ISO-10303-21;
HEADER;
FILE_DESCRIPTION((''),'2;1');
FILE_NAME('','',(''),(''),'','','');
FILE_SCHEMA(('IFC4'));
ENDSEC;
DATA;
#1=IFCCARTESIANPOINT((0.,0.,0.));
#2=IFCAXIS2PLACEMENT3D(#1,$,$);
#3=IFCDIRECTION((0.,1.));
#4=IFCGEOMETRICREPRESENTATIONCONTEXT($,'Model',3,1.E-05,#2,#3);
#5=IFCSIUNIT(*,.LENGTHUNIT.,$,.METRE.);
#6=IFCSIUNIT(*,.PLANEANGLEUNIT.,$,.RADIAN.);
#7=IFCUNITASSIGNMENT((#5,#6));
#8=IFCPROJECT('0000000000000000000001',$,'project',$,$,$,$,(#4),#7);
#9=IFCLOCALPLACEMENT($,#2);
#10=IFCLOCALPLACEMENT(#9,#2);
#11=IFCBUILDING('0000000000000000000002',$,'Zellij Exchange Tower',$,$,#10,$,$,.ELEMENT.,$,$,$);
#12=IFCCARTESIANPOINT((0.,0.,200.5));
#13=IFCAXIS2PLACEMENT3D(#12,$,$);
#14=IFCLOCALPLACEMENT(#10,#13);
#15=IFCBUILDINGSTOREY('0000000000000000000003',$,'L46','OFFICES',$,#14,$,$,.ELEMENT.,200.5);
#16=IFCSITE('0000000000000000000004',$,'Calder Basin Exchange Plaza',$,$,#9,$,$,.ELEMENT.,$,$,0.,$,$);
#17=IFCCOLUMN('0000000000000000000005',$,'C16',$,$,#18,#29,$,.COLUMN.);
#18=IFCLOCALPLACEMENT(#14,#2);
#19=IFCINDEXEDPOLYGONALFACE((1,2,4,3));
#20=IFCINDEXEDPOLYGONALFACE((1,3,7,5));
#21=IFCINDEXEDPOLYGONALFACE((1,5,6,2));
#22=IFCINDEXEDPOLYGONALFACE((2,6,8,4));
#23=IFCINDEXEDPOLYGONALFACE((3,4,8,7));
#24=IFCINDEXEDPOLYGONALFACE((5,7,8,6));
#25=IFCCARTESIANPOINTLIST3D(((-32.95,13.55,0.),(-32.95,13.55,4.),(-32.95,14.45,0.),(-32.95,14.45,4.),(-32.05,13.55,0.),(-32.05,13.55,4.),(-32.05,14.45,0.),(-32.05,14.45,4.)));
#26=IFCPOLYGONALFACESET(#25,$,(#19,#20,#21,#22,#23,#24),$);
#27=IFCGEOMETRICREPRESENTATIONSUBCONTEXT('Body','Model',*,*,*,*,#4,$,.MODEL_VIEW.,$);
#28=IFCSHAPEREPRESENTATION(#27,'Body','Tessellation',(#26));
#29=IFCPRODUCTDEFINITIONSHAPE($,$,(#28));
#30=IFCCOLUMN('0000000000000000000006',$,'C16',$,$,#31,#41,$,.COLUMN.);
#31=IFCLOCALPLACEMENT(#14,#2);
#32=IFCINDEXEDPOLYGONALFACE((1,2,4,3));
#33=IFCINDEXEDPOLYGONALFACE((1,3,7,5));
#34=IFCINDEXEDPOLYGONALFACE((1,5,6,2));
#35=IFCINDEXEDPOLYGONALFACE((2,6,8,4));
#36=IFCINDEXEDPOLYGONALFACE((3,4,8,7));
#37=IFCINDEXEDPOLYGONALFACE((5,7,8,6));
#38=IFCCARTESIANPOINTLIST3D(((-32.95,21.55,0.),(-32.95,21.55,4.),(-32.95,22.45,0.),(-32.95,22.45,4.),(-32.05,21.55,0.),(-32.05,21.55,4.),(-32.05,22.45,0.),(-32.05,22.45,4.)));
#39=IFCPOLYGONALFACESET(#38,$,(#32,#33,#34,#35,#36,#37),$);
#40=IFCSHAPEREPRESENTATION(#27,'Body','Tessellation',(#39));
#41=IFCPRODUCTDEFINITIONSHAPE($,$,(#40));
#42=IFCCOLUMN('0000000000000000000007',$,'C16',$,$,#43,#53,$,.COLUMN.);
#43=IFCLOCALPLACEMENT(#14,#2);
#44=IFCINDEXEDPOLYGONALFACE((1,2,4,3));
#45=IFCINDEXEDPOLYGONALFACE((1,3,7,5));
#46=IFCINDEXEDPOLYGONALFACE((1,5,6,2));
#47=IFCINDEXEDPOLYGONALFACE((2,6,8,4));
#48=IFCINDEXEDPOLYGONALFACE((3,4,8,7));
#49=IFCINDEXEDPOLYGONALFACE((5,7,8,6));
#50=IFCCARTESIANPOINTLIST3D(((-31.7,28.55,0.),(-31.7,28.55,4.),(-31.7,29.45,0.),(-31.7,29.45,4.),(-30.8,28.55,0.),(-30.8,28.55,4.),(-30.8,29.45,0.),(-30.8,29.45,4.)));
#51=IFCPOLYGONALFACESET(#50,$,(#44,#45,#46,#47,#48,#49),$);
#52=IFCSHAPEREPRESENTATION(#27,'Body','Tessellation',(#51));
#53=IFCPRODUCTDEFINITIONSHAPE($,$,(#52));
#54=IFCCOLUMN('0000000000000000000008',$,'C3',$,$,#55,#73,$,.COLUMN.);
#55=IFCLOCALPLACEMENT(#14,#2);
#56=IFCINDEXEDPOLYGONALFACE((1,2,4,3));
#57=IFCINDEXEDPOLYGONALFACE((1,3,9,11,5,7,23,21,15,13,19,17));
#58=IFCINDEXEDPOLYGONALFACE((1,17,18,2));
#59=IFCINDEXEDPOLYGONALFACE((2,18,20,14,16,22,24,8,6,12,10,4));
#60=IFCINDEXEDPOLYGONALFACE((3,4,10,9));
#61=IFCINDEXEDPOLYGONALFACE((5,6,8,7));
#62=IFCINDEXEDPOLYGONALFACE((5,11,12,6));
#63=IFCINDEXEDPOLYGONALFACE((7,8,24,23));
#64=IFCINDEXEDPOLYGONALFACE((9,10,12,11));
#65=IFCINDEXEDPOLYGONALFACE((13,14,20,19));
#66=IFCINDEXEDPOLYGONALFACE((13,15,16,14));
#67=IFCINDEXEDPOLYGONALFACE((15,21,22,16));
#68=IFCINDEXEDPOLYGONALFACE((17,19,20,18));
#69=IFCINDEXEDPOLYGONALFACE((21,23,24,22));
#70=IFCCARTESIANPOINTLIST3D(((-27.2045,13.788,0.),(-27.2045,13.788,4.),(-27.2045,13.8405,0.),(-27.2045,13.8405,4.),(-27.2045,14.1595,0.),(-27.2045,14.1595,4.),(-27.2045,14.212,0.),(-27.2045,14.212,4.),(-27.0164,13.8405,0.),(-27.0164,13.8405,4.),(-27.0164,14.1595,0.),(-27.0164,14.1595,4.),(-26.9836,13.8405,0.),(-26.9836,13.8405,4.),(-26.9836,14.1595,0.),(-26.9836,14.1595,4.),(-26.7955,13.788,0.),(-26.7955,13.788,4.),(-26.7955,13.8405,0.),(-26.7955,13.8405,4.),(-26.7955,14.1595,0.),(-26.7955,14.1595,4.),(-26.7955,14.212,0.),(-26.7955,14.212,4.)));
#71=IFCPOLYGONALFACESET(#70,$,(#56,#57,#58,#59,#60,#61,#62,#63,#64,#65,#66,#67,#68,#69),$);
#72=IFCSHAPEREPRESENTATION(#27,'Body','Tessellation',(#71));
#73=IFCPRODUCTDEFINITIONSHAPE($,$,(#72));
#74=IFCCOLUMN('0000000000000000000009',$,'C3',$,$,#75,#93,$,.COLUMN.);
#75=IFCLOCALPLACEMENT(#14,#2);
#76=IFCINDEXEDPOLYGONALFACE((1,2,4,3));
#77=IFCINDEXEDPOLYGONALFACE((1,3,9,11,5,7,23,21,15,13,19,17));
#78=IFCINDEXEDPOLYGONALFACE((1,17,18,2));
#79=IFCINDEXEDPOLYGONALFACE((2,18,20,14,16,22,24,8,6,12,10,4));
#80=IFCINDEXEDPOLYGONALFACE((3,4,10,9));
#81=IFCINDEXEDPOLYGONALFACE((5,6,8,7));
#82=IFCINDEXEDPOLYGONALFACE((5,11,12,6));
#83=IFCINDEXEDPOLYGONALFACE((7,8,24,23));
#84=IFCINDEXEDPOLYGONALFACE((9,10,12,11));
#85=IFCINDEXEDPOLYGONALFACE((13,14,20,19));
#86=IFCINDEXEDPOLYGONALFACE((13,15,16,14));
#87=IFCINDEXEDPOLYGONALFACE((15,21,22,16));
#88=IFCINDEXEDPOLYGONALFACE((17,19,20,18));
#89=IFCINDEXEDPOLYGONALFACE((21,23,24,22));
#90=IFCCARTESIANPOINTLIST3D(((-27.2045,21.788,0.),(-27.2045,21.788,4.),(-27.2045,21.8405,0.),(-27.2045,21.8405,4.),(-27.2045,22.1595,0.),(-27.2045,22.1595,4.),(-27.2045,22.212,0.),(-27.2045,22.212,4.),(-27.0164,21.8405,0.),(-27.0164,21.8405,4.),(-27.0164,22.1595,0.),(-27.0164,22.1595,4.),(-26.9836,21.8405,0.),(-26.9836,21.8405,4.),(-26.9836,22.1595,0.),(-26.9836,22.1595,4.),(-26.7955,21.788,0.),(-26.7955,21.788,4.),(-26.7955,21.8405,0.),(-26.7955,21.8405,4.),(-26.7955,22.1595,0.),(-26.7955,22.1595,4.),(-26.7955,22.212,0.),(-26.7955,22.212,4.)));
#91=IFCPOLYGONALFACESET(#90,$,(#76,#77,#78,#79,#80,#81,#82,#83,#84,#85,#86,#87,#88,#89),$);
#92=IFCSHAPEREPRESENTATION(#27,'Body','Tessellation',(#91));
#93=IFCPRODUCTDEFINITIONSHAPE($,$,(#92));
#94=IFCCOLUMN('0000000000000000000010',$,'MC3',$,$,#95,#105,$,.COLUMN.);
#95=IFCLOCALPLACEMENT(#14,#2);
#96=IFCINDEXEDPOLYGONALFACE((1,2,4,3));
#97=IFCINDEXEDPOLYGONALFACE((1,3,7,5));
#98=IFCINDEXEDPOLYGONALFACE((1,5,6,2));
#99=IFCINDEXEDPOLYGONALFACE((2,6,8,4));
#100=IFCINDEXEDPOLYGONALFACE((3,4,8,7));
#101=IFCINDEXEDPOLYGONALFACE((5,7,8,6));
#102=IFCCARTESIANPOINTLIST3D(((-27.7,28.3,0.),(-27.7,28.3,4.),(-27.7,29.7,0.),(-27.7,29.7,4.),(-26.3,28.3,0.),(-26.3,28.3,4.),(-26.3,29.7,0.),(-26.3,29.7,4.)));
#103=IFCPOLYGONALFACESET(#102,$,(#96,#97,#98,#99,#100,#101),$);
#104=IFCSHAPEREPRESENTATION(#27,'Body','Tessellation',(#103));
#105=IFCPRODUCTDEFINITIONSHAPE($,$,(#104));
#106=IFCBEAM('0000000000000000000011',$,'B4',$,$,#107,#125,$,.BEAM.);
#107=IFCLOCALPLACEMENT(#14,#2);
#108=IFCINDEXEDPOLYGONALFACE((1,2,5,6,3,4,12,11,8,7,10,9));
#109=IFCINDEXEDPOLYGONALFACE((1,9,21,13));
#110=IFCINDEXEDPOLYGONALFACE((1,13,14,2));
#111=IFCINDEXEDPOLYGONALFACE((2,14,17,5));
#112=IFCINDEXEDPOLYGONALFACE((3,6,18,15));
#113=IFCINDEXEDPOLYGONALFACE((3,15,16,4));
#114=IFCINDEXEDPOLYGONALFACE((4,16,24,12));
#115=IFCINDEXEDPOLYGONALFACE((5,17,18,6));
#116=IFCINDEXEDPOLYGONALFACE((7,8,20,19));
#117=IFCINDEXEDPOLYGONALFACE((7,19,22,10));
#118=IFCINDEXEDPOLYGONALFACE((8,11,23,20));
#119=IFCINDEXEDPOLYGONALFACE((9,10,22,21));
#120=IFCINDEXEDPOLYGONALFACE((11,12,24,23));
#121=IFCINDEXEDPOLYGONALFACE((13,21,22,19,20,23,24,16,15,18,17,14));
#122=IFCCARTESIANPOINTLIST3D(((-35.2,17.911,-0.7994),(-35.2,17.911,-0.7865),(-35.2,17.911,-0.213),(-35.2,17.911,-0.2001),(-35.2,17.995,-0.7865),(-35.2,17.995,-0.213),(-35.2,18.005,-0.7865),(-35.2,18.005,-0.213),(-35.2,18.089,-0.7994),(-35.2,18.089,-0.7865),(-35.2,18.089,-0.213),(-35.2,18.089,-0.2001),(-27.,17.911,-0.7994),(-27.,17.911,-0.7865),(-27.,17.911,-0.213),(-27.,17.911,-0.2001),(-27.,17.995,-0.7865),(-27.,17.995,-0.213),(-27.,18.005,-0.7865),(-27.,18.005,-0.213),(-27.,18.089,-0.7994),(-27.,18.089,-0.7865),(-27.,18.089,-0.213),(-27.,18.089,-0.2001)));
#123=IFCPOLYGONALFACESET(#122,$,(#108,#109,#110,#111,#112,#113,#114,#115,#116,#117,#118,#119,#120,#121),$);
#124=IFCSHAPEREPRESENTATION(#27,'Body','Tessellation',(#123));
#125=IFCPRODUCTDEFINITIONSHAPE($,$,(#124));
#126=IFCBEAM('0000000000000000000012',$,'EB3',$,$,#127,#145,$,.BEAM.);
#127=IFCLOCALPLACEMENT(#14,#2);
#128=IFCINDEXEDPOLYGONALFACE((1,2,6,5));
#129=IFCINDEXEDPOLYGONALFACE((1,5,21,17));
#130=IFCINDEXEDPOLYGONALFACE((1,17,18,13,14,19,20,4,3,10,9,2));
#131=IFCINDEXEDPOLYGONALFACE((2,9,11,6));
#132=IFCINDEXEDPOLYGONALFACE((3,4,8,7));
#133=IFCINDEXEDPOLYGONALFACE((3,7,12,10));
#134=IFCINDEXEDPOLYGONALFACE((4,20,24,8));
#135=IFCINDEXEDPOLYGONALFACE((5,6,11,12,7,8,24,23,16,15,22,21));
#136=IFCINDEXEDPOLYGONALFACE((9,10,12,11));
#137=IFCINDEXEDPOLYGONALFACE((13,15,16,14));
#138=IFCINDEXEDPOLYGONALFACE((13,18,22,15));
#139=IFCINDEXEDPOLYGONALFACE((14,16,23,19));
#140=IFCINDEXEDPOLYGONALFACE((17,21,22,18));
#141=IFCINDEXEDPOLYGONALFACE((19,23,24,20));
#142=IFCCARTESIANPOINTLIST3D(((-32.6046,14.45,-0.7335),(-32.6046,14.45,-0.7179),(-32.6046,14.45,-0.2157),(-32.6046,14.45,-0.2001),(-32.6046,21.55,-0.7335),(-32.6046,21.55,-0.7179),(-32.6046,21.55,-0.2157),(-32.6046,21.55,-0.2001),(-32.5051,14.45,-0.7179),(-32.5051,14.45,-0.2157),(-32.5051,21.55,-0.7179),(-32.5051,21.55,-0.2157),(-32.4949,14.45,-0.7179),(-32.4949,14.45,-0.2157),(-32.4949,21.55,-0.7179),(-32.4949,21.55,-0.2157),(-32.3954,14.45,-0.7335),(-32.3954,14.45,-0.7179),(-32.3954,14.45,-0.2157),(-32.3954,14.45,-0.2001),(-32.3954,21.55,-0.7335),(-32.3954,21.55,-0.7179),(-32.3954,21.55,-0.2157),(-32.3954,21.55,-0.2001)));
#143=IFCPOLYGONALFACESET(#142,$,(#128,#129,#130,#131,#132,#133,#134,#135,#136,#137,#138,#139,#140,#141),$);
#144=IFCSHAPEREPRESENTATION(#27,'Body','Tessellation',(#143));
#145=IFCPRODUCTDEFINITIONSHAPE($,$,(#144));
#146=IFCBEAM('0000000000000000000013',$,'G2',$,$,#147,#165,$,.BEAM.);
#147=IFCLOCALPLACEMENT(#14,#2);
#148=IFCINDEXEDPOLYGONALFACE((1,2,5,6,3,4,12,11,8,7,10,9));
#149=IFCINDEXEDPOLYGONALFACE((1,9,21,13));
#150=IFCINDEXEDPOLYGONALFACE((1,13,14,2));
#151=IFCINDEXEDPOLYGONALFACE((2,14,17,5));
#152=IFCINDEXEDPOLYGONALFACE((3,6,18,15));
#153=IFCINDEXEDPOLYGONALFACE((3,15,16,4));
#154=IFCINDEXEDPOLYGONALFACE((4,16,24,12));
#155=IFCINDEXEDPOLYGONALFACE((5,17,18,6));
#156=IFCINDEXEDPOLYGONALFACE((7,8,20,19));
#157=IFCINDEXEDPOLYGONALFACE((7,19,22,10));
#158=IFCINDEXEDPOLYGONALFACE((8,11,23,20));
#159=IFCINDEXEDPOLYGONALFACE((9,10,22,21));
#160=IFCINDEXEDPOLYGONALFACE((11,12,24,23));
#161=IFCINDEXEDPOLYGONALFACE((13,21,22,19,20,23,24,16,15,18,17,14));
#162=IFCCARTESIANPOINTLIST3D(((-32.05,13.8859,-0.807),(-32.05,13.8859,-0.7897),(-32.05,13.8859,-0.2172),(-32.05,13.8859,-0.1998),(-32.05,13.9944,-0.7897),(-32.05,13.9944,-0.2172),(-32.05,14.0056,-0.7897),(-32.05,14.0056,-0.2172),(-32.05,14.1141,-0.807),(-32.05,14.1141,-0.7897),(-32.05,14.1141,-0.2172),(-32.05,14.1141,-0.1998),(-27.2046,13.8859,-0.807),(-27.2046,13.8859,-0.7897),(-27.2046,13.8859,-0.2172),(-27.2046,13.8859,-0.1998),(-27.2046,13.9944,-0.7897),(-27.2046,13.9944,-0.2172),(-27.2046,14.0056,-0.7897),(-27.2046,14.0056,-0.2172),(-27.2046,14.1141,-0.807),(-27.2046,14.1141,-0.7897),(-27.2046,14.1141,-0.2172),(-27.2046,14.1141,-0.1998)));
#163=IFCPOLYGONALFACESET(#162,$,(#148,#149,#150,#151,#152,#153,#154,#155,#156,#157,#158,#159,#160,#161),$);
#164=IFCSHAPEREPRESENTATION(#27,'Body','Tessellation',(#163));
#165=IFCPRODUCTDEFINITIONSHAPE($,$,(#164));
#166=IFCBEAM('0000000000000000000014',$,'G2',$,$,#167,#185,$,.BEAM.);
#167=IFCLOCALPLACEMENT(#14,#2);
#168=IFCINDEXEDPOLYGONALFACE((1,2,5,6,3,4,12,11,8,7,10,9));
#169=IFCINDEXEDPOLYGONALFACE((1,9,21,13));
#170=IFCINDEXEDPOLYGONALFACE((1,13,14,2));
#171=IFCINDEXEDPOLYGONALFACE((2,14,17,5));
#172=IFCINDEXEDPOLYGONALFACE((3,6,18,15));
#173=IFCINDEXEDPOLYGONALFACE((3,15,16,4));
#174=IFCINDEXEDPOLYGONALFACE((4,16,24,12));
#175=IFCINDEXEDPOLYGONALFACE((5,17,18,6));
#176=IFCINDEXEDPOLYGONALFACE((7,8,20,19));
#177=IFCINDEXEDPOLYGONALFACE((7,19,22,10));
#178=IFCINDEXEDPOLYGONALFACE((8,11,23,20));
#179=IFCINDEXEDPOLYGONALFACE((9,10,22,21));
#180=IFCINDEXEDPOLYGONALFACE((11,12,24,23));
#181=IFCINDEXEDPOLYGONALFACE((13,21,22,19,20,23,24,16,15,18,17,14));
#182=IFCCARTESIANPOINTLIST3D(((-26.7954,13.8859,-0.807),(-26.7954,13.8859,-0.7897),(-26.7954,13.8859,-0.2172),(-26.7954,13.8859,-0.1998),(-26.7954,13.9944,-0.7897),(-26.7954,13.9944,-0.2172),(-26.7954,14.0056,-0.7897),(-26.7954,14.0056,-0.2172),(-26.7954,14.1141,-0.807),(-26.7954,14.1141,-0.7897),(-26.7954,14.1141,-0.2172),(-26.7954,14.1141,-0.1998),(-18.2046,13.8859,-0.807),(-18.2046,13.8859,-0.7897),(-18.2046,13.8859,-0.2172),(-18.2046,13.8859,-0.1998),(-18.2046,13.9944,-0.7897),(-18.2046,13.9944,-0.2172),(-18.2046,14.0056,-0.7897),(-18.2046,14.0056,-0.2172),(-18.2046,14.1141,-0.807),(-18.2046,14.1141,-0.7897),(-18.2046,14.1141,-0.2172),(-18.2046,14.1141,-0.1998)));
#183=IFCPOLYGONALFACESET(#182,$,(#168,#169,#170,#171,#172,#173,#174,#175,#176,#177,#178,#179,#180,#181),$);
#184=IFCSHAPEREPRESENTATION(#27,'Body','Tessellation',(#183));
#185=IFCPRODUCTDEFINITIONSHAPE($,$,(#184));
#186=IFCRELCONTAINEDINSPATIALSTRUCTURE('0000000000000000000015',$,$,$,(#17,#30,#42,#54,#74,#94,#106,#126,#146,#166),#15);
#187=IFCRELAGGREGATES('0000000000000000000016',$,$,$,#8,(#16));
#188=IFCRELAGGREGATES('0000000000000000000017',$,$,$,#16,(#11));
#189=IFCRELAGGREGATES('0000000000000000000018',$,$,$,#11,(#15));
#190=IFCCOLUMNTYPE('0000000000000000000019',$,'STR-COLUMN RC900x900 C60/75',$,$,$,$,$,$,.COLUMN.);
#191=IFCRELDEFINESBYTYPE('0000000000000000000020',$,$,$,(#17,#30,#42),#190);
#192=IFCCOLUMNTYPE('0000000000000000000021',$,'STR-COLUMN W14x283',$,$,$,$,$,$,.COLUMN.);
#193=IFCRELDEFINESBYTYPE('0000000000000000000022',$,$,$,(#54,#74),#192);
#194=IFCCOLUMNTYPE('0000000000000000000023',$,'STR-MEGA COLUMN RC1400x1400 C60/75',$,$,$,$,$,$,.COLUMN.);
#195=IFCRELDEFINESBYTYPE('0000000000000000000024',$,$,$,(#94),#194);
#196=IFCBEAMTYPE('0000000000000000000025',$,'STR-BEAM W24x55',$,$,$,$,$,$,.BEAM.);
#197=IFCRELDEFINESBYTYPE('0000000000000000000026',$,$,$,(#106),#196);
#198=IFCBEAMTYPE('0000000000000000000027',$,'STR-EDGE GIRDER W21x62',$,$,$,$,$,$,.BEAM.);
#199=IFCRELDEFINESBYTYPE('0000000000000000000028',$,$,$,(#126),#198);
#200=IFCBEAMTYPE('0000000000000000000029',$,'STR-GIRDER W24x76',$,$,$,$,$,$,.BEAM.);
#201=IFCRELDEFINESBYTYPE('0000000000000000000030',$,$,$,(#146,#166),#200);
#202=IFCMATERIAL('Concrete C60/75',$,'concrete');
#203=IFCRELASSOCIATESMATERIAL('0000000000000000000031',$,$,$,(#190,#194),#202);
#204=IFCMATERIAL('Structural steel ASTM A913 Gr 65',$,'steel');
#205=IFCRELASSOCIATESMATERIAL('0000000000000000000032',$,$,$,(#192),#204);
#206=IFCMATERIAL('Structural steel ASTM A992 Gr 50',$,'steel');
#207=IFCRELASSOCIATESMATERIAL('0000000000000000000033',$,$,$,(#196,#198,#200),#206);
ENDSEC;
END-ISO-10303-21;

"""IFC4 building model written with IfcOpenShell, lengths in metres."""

from ifc_helpers import new_model, si_unit, direction, frame, origin, origin_2d, place, context, subcontext, project, spatial, rectangle, i_section, extrude, material, material_profile, profile_set, type_object, element, save


model = new_model("IFC4")

# Units and contexts
model_context = context("Model", 3, precision=1e-05, world=origin(), true_north=direction((0.0, 1.0)))
body_context = subcontext(model_context, "Body", "Model", "MODEL_VIEW")
ifc_project = project(units=[si_unit("LENGTHUNIT", "METRE"), si_unit("PLANEANGLEUNIT", "RADIAN")], contexts=[model_context])

# Site, building, storey
site_placement = place(None, origin())
site = spatial("IfcSite", under=ifc_project, at=site_placement, Name="Calder Basin Exchange Plaza", CompositionType="ELEMENT", RefElevation=0.0)
building_placement = place(site_placement, origin())
building = spatial("IfcBuilding", under=site, at=building_placement, Name="Zellij Exchange Tower", CompositionType="ELEMENT")
storey_placement = place(building_placement, frame((0.0, 0.0, 200.5)))
storey = spatial("IfcBuildingStorey", under=building, at=storey_placement, Name="L46", Description="OFFICES", CompositionType="ELEMENT", Elevation=200.5)

# Columns
ifc_material_1 = material(Name="Concrete C60/75", Category="concrete")
ifc_material_profile_1 = material_profile(ifc_material_1, rectangle(XDim=0.8999, YDim=0.8999, at=origin_2d()), Name="STR-COLUMN RC900x900 C60/75")
ifc_profile_set_1 = profile_set([ifc_material_profile_1], Name="Concrete C60/75")
column_type_1 = type_object("IfcColumnType", Name="STR-COLUMN RC900x900 C60/75", PredefinedType="COLUMN", material=ifc_profile_set_1)
for number, where, z_axis, x_axis, name in (
    (1, (-32.5, 14.0, 0.0), (0.0, 0.0, 1.0), (1.0, 0.0, 0.0), "C16"),
    (2, (-32.5, 22.0, 0.0), (0.0, 0.0, 1.0), (1.0, 0.0, 0.0), "C16"),
    (3, (-31.25, 29.0, 0.0), (0.0, 0.0, 1.0), (1.0, 0.0, 0.0), "C16"),
):
    element("IfcColumn", number, at=place(storey_placement, frame(where, z_axis=z_axis, x_axis=x_axis)), inside=storey, type_object=column_type_1, Name=name, PredefinedType="COLUMN", context=body_context, shape_type="SweptSolid", body=[
        extrude(rectangle(XDim=0.8999, YDim=0.8999, at=origin_2d()), origin(), (0.0, 0.0, 1.0), 4.0),
    ])
ifc_material_2 = material(Name="Structural steel ASTM A913 Gr 65", Category="steel")
ifc_material_profile_2 = material_profile(ifc_material_2, i_section(OverallWidth=0.4089, OverallDepth=0.4241, WebThickness=0.0327, FlangeThickness=0.0525, at=origin_2d()), Name="W14x283")
ifc_profile_set_2 = profile_set([ifc_material_profile_2], Name="Structural steel ASTM A913 Gr 65")
column_type_2 = type_object("IfcColumnType", Name="STR-COLUMN W14x283", PredefinedType="COLUMN", material=ifc_profile_set_2)
for number, where, z_axis, x_axis, name in (
    (4, (-27.0, 14.0, 0.0), (0.0, 0.0, 1.0), (1.0, 0.0, 0.0), "C3"),
    (5, (-27.0, 22.0, 0.0), (0.0, 0.0, 1.0), (1.0, 0.0, 0.0), "C3"),
):
    element("IfcColumn", number, at=place(storey_placement, frame(where, z_axis=z_axis, x_axis=x_axis)), inside=storey, type_object=column_type_2, Name=name, PredefinedType="COLUMN", context=body_context, shape_type="SweptSolid", body=[
        extrude(i_section(OverallWidth=0.4089, OverallDepth=0.4241, WebThickness=0.0327, FlangeThickness=0.0525, at=origin_2d()), origin(), (0.0, 0.0, 1.0), 4.0),
    ])
ifc_material_profile_3 = material_profile(ifc_material_1, rectangle(XDim=1.3999, YDim=1.3999, at=origin_2d()), Name="STR-MEGA COLUMN RC1400x1400 C60/75")
ifc_profile_set_3 = profile_set([ifc_material_profile_3], Name="Concrete C60/75")
column_type_3 = type_object("IfcColumnType", Name="STR-MEGA COLUMN RC1400x1400 C60/75", PredefinedType="COLUMN", material=ifc_profile_set_3)
column_placement = place(storey_placement, frame((-27.0, 29.0, 0.0), z_axis=(0.0, 0.0, 1.0), x_axis=(1.0, 0.0, 0.0)))
element("IfcColumn", 6, at=column_placement, inside=storey, type_object=column_type_3, Name="MC3", PredefinedType="COLUMN", context=body_context, shape_type="SweptSolid", body=[
    extrude(rectangle(XDim=1.3999, YDim=1.3999, at=origin_2d()), origin(), (0.0, 0.0, 1.0), 4.0),
])

# Beams
ifc_material_3 = material(Name="Structural steel ASTM A992 Gr 50", Category="steel")
ifc_material_profile_4 = material_profile(ifc_material_3, i_section(OverallWidth=0.178, OverallDepth=0.5994, WebThickness=0.01, FlangeThickness=0.0129, at=origin_2d()), Name="W24x55")
ifc_profile_set_4 = profile_set([ifc_material_profile_4], Name="Structural steel ASTM A992 Gr 50")
beam_type_1 = type_object("IfcBeamType", Name="STR-BEAM W24x55", PredefinedType="BEAM", material=ifc_profile_set_4)
beam_1_placement = place(storey_placement, frame((-35.2, 18.0, -0.4998), z_axis=(1.0, 0.0, 0.0), x_axis=(0.0, 1.0, 0.0)))
element("IfcBeam", 7, at=beam_1_placement, inside=storey, type_object=beam_type_1, Name="B4", PredefinedType="BEAM", context=body_context, shape_type="SweptSolid", body=[
    extrude(i_section(OverallWidth=0.178, OverallDepth=0.5994, WebThickness=0.01, FlangeThickness=0.0129, at=origin_2d()), origin(), (0.0, 0.0, 1.0), 8.2),
])
ifc_material_profile_5 = material_profile(ifc_material_3, i_section(OverallWidth=0.2092, OverallDepth=0.5334, WebThickness=0.0103, FlangeThickness=0.0156, at=origin_2d()), Name="W21x62")
ifc_profile_set_5 = profile_set([ifc_material_profile_5], Name="Structural steel ASTM A992 Gr 50")
beam_type_2 = type_object("IfcBeamType", Name="STR-EDGE GIRDER W21x62", PredefinedType="BEAM", material=ifc_profile_set_5)
beam_2_placement = place(storey_placement, frame((-32.5, 14.45, -0.4668), z_axis=(0.0, 1.0, 0.0), x_axis=(-1.0, 0.0, 0.0)))
element("IfcBeam", 8, at=beam_2_placement, inside=storey, type_object=beam_type_2, Name="EB3", PredefinedType="BEAM", context=body_context, shape_type="SweptSolid", body=[
    extrude(i_section(OverallWidth=0.2092, OverallDepth=0.5334, WebThickness=0.0103, FlangeThickness=0.0156, at=origin_2d()), origin(), (0.0, 0.0, 1.0), 7.1001),
])
ifc_material_profile_6 = material_profile(ifc_material_3, i_section(OverallWidth=0.2283, OverallDepth=0.6072, WebThickness=0.0112, FlangeThickness=0.0173, at=origin_2d()), Name="W24x76")
ifc_profile_set_6 = profile_set([ifc_material_profile_6], Name="Structural steel ASTM A992 Gr 50")
beam_type_3 = type_object("IfcBeamType", Name="STR-GIRDER W24x76", PredefinedType="BEAM", material=ifc_profile_set_6)
beam_3_placement = place(storey_placement, frame((-32.05, 14.0, -0.5034), z_axis=(1.0, 0.0, 0.0), x_axis=(0.0, 1.0, 0.0)))
element("IfcBeam", 9, at=beam_3_placement, inside=storey, type_object=beam_type_3, Name="G2", PredefinedType="BEAM", context=body_context, shape_type="SweptSolid", body=[
    extrude(i_section(OverallWidth=0.2283, OverallDepth=0.6072, WebThickness=0.0112, FlangeThickness=0.0173, at=origin_2d()), origin(), (0.0, 0.0, 1.0), 4.8455),
])
beam_4_placement = place(storey_placement, frame((-26.7954, 14.0, -0.5034), z_axis=(1.0, 0.0, 0.0), x_axis=(0.0, 1.0, 0.0)))
element("IfcBeam", 10, at=beam_4_placement, inside=storey, type_object=beam_type_3, Name="G2", PredefinedType="BEAM", context=body_context, shape_type="SweptSolid", body=[
    extrude(i_section(OverallWidth=0.2283, OverallDepth=0.6072, WebThickness=0.0112, FlangeThickness=0.0173, at=origin_2d()), origin(), (0.0, 0.0, 1.0), 8.5908),
])

save(model, "model.ifc")
